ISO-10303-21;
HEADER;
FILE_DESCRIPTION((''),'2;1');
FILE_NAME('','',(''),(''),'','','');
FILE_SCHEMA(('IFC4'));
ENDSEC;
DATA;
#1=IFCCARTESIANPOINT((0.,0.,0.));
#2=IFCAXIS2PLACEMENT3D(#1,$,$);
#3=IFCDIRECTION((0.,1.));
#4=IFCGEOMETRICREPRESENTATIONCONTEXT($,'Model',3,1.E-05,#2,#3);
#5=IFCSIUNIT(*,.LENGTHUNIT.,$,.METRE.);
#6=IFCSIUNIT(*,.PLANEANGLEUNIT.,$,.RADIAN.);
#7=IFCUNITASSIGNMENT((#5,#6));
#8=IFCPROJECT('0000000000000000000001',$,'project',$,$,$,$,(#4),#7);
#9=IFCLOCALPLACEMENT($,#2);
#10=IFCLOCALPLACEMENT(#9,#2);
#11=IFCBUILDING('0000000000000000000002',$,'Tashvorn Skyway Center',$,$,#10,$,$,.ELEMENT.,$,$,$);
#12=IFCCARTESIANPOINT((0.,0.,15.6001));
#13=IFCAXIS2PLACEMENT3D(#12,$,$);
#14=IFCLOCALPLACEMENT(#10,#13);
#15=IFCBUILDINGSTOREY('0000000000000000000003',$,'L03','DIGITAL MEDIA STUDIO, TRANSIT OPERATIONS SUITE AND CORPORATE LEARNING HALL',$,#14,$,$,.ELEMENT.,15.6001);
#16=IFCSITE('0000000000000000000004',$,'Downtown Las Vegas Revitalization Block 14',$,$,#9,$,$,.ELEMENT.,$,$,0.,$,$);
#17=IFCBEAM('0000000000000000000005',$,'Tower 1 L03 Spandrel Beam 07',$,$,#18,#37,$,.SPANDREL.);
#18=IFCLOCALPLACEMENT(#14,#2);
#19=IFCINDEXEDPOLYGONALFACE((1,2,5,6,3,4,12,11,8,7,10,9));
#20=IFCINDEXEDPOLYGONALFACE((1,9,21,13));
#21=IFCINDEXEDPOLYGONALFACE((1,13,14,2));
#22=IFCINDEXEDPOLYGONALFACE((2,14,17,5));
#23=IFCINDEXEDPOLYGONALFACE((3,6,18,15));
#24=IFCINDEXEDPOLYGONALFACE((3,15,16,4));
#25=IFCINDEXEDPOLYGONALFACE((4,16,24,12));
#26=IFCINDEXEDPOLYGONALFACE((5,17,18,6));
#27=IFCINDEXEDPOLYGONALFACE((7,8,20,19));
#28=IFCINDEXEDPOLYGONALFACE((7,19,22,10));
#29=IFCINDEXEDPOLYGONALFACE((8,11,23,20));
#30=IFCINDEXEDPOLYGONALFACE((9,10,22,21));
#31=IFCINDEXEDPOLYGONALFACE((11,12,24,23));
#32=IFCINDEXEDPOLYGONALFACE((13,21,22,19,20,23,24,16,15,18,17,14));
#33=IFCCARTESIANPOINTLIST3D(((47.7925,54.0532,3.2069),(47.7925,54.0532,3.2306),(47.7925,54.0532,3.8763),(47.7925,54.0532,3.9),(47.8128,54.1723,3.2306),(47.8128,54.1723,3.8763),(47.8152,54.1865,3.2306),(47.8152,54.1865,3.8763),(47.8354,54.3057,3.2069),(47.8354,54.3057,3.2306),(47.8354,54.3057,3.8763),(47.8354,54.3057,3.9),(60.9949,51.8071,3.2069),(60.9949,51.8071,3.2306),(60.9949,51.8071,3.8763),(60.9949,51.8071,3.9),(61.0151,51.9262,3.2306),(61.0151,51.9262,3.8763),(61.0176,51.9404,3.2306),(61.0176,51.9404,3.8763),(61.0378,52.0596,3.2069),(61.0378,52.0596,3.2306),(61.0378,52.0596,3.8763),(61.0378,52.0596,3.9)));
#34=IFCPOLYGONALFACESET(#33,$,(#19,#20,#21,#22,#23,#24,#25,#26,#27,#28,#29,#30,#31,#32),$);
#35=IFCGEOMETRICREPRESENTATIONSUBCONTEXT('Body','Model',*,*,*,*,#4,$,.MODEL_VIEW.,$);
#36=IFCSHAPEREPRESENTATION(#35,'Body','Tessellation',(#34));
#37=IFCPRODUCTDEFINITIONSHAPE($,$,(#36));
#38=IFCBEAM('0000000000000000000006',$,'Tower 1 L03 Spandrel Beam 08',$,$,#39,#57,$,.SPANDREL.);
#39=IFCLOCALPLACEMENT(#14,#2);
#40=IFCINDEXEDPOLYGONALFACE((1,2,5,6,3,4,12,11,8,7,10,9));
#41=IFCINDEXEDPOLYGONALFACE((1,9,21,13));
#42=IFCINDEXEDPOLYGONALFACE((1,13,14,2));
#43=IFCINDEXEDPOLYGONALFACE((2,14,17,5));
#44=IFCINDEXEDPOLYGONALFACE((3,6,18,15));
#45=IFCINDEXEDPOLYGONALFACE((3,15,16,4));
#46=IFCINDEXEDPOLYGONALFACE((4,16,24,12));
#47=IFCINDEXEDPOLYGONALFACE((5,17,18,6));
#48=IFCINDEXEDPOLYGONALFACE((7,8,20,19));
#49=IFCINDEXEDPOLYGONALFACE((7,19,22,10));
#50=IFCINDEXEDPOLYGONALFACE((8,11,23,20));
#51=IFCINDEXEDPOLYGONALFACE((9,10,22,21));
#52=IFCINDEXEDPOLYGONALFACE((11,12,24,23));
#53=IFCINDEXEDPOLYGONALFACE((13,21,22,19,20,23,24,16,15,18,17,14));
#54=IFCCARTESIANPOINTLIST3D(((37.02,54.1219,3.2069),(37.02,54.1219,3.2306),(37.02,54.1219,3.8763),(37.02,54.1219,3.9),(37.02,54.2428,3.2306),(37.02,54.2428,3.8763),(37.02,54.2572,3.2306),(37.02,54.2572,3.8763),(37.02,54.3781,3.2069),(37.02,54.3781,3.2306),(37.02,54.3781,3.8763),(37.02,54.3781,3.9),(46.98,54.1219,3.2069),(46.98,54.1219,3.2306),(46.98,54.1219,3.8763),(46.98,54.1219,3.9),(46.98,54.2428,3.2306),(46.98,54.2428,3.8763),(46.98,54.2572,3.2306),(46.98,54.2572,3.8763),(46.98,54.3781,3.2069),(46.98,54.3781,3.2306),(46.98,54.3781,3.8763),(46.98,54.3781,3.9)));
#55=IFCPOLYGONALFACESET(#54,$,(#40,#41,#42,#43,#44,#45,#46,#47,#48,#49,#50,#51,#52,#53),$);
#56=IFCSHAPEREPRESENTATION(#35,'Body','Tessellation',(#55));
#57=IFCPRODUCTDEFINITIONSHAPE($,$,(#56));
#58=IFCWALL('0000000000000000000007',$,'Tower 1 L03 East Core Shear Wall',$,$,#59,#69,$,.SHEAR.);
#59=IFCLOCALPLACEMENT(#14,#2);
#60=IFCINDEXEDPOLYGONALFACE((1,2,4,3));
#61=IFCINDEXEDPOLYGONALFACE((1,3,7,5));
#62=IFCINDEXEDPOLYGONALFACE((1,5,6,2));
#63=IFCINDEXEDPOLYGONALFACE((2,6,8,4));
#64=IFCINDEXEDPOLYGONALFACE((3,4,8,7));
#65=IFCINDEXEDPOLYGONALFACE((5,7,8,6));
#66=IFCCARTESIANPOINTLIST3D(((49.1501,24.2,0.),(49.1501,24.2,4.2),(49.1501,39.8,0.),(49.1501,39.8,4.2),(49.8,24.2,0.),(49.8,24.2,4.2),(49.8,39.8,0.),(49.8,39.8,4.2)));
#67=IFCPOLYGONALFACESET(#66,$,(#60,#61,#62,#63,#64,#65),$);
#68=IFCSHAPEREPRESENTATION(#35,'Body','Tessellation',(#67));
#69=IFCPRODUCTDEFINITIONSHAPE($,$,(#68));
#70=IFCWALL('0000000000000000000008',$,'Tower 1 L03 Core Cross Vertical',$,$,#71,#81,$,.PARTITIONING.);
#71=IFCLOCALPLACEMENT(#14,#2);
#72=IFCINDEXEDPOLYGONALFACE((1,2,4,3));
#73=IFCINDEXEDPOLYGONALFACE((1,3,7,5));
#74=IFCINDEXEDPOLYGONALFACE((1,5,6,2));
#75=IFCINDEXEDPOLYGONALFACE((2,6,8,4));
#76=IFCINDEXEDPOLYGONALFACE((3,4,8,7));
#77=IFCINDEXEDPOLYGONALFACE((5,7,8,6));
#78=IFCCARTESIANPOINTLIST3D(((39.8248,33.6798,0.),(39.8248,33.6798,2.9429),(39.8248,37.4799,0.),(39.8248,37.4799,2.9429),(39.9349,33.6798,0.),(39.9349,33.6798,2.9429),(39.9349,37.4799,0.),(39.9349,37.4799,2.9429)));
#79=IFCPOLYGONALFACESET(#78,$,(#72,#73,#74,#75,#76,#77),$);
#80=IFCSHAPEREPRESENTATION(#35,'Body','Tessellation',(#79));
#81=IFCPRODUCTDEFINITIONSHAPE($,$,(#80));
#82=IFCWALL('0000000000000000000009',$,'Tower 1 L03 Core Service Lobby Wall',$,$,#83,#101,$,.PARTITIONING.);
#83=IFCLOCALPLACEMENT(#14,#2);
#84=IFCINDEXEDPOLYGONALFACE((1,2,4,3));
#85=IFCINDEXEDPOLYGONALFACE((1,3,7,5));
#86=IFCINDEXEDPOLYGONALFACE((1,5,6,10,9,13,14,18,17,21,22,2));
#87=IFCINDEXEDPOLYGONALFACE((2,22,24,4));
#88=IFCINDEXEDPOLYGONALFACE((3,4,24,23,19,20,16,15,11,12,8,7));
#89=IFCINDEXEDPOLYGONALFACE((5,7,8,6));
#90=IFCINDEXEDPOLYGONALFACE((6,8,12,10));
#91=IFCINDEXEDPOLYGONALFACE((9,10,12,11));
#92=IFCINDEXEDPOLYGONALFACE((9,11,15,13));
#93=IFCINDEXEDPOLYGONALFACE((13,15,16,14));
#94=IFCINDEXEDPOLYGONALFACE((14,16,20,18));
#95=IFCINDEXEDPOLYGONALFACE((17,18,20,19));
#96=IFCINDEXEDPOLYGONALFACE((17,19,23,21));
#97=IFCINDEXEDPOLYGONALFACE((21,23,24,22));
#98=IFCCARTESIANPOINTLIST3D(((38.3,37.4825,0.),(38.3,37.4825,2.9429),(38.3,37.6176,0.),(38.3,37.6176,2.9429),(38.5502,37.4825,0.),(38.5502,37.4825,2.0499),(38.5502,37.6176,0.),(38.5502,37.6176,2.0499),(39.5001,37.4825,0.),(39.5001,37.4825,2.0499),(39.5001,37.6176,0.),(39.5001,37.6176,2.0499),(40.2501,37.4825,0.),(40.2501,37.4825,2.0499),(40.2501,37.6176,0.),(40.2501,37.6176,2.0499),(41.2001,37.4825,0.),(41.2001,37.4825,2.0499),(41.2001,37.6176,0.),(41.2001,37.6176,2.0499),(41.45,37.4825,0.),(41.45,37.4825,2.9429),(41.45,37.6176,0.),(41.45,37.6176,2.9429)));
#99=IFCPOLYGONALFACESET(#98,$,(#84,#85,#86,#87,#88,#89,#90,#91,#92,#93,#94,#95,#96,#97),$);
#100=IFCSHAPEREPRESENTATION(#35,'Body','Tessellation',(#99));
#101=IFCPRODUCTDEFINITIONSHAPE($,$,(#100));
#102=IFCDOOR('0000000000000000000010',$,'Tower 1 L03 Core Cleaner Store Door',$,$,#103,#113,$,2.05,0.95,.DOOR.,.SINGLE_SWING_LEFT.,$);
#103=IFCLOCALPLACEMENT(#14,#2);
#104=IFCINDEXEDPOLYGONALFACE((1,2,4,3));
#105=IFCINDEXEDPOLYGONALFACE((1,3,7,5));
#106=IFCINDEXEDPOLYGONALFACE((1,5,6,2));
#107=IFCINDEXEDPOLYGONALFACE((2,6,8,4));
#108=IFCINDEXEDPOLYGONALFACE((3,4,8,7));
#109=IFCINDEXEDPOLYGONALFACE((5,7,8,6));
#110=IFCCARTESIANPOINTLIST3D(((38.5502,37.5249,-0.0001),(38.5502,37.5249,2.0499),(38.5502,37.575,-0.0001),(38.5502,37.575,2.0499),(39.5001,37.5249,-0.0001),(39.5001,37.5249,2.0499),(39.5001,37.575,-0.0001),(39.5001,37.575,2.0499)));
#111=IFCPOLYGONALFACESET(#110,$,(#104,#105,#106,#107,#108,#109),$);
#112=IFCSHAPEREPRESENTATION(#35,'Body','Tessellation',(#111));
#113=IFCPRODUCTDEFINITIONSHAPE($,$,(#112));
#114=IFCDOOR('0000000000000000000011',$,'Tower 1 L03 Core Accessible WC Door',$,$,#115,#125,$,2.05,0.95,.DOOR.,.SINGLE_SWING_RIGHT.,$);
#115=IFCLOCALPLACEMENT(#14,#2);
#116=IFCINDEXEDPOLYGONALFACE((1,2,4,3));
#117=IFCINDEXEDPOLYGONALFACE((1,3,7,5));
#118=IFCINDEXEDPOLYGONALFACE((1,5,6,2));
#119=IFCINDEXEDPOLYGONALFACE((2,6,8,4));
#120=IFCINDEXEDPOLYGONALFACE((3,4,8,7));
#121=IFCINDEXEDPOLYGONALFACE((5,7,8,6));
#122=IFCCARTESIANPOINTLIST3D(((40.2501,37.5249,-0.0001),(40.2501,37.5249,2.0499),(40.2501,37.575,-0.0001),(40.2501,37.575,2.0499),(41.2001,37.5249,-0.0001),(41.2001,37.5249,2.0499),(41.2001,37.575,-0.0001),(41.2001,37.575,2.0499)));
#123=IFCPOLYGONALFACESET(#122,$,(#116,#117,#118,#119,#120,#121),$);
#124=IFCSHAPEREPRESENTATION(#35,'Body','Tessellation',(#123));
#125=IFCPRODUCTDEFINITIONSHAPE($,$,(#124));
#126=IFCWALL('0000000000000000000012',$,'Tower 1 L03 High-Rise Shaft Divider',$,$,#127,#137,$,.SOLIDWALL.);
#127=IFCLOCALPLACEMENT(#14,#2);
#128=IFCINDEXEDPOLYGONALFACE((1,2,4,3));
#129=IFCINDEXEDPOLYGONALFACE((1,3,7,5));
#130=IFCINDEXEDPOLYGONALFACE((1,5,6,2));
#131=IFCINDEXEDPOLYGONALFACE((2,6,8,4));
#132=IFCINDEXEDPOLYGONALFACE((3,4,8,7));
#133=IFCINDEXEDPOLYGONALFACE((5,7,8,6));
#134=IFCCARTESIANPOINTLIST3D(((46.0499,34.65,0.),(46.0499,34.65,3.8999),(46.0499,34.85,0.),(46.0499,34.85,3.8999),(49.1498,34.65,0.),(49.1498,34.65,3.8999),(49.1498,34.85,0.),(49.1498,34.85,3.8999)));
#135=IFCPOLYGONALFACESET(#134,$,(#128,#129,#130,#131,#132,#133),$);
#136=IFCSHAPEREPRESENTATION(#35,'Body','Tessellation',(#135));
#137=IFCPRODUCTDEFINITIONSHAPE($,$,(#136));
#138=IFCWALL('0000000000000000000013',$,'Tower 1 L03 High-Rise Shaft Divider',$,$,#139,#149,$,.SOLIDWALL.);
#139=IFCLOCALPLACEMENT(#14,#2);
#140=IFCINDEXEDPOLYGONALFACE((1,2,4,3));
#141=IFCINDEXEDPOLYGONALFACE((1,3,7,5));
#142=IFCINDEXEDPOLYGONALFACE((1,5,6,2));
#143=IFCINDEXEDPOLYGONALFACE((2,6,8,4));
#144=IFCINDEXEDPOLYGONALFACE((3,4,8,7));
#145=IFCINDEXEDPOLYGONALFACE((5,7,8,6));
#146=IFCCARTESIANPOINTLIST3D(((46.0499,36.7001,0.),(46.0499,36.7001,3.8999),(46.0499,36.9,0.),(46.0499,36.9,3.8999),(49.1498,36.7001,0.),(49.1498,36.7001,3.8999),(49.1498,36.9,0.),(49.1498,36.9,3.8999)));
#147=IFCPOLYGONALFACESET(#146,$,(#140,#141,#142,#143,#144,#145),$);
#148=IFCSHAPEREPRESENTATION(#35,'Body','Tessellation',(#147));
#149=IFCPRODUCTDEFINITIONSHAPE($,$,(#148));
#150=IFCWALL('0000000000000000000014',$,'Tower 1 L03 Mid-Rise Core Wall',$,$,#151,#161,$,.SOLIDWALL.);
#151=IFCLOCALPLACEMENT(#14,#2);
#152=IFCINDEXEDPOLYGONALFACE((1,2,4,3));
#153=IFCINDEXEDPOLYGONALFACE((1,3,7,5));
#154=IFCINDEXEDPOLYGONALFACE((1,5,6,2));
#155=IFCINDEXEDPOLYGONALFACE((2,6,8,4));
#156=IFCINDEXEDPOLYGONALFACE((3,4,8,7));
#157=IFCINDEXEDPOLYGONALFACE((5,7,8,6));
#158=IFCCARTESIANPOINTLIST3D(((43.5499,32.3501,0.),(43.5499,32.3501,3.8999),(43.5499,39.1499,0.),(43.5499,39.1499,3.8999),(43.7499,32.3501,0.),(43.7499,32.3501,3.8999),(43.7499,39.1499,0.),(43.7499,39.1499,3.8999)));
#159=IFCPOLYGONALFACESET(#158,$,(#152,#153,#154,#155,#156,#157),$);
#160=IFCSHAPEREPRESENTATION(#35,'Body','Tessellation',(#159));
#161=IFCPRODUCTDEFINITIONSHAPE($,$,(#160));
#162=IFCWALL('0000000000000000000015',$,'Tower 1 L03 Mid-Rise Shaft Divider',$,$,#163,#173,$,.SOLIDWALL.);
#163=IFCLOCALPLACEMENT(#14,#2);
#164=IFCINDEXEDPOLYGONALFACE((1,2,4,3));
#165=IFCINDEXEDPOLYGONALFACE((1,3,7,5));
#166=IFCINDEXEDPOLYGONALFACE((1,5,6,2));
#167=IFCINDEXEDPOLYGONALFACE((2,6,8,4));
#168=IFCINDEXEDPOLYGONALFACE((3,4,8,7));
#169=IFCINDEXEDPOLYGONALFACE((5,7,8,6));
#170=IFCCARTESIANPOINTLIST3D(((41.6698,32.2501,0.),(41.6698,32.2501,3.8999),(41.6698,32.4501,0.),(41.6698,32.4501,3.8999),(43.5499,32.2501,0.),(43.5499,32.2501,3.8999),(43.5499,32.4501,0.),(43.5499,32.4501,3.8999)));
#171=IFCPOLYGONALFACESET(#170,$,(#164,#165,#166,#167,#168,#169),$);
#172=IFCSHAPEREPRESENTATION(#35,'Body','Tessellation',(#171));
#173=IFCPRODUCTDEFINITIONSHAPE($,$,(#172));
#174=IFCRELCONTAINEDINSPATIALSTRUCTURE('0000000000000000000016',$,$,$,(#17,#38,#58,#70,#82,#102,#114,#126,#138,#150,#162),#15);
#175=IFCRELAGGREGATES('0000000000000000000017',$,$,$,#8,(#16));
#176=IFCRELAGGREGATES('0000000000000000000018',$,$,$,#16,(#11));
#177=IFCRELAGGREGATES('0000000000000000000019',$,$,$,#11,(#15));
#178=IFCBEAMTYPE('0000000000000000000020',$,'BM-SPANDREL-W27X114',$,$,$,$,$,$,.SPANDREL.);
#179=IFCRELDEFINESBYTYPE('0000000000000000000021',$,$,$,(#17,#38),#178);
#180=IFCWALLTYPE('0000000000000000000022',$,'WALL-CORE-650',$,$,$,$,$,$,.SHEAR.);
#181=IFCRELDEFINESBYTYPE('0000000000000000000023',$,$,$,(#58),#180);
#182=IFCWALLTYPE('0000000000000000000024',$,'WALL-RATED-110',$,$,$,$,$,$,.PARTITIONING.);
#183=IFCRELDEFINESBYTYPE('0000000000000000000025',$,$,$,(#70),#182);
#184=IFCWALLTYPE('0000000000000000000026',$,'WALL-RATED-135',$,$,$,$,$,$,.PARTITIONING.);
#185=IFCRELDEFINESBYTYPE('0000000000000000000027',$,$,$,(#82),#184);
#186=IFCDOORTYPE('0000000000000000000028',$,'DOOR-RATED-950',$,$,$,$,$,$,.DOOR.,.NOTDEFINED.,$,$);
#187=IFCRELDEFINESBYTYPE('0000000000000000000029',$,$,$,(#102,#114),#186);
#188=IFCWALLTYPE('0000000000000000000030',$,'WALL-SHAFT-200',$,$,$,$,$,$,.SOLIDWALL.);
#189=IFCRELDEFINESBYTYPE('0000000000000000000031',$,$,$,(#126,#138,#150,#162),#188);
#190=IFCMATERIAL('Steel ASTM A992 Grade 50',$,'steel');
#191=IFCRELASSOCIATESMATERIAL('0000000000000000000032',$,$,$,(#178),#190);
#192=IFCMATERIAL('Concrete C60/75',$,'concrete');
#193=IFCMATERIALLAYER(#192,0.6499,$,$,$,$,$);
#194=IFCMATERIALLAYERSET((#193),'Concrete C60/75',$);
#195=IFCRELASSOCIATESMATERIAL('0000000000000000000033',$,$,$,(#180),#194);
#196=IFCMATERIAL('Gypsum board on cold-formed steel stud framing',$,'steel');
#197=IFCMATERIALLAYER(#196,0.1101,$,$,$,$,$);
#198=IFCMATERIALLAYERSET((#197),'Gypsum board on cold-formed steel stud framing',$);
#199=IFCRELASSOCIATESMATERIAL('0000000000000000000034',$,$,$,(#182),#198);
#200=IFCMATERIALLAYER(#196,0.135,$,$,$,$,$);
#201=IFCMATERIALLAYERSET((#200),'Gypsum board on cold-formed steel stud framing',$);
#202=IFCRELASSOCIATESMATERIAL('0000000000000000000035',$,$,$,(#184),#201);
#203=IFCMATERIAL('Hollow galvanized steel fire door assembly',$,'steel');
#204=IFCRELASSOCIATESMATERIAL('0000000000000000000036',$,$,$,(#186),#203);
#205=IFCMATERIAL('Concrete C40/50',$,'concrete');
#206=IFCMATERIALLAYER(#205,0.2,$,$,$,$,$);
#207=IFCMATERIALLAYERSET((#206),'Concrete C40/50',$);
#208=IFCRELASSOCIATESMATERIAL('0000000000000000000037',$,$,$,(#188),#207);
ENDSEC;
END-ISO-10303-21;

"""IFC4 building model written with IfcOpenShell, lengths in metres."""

from ifc_helpers import new_model, si_unit, direction, frame, frame_2d, origin, origin_2d, place, context, subcontext, project, spatial, rectangle, i_section, extrude, material, layer, layer_set, material_profile, profile_set, type_object, element, fill, save


model = new_model("IFC4")

# Units and contexts
model_context = context("Model", 3, precision=1e-05, world=origin(), true_north=direction((0.0, 1.0)))
body_context = subcontext(model_context, "Body", "Model", "MODEL_VIEW")
ifc_project = project(units=[si_unit("LENGTHUNIT", "METRE"), si_unit("PLANEANGLEUNIT", "RADIAN")], contexts=[model_context])

# Site, building, storey
site_placement = place(None, origin())
site = spatial("IfcSite", under=ifc_project, at=site_placement, Name="Downtown Las Vegas Revitalization Block 14", CompositionType="ELEMENT", RefElevation=0.0)
building_placement = place(site_placement, origin())
building = spatial("IfcBuilding", under=site, at=building_placement, Name="Tashvorn Skyway Center", CompositionType="ELEMENT")
storey_placement = place(building_placement, frame((0.0, 0.0, 15.6001)))
storey = spatial("IfcBuildingStorey", under=building, at=storey_placement, Name="L03", Description="DIGITAL MEDIA STUDIO, TRANSIT OPERATIONS SUITE AND CORPORATE LEARNING HALL", CompositionType="ELEMENT", Elevation=15.6001)

# Beams
ifc_material_1 = material(Name="Steel ASTM A992 Grade 50", Category="steel")
ifc_material_profile_1 = material_profile(ifc_material_1, i_section(OverallWidth=0.2561, OverallDepth=0.6931, WebThickness=0.0144, FlangeThickness=0.0237, at=origin_2d()), Name="W27X114")
ifc_profile_set_1 = profile_set([ifc_material_profile_1], Name="Steel ASTM A992 Grade 50")
beam_type_1 = type_object("IfcBeamType", Name="BM-SPANDREL-W27X114", PredefinedType="SPANDREL", material=ifc_profile_set_1)
for number, where, z_axis, x_axis, name in (
    (1, (61.0164, 51.9333, 3.5535), (-0.985835, 0.167718, 0.0), (-0.167718, -0.985835, 0.0), "Tower 1 L03 Spandrel Beam 07"),
):
    element("IfcBeam", number, at=place(storey_placement, frame(where, z_axis=z_axis, x_axis=x_axis)), inside=storey, type_object=beam_type_1, Name=name, PredefinedType="SPANDREL", context=body_context, shape_type="SweptSolid", body=[
        extrude(i_section(OverallWidth=0.2561, OverallDepth=0.6931, WebThickness=0.0144, FlangeThickness=0.0237, at=origin_2d()), origin(), (0.0, 0.0, 1.0), 13.3921),
    ])
beam_1_placement = place(storey_placement, frame((46.98, 54.25, 3.5535), z_axis=(-1.0, 0.0, 0.0), x_axis=(0.0, -1.0, 0.0)))
element("IfcBeam", 2, at=beam_1_placement, inside=storey, type_object=beam_type_1, Name="Tower 1 L03 Spandrel Beam 08", PredefinedType="SPANDREL", context=body_context, shape_type="SweptSolid", body=[
    extrude(i_section(OverallWidth=0.2561, OverallDepth=0.6931, WebThickness=0.0144, FlangeThickness=0.0237, at=origin_2d()), origin(), (0.0, 0.0, 1.0), 9.96),
])

# Walls
ifc_material_2 = material(Name="Concrete C60/75", Category="concrete")
ifc_layer_1 = layer(ifc_material_2, 0.6499)
ifc_layer_set_1 = layer_set([ifc_layer_1], Name="Concrete C60/75")
wall_type_1 = type_object("IfcWallType", Name="WALL-CORE-650", PredefinedType="SHEAR", material=ifc_layer_set_1)
wall_1_placement = place(storey_placement, frame((49.4751, 39.8, 0.0), z_axis=(0.0, 0.0, 1.0), x_axis=(0.0, -1.0, 0.0)))
element("IfcWall", 3, at=wall_1_placement, inside=storey, type_object=wall_type_1, Name="Tower 1 L03 East Core Shear Wall", PredefinedType="SHEAR", context=body_context, shape_type="SweptSolid", body=[
    extrude(rectangle(XDim=15.6001, YDim=0.6499, at=frame_2d((7.8, 0.0))), origin(), (0.0, 0.0, 1.0), 4.2),
])
ifc_material_3 = material(Name="Gypsum board on cold-formed steel stud framing", Category="steel")
ifc_layer_2 = layer(ifc_material_3, 0.1101)
ifc_layer_set_2 = layer_set([ifc_layer_2], Name="Gypsum board on cold-formed steel stud framing")
wall_type_2 = type_object("IfcWallType", Name="WALL-RATED-110", PredefinedType="PARTITIONING", material=ifc_layer_set_2)
wall_2_placement = place(storey_placement, frame((39.8799, 33.6799, 0.0), z_axis=(0.0, 0.0, 1.0), x_axis=(0.0, 1.0, 0.0)))
element("IfcWall", 4, at=wall_2_placement, inside=storey, type_object=wall_type_2, Name="Tower 1 L03 Core Cross Vertical", PredefinedType="PARTITIONING", context=body_context, shape_type="SweptSolid", body=[
    extrude(rectangle(XDim=3.8, YDim=0.1101, at=frame_2d((1.8999, 0.0))), origin(), (0.0, 0.0, 1.0), 2.9429),
])

# Wall, openings, doors
ifc_layer_3 = layer(ifc_material_3, 0.135)
ifc_layer_set_3 = layer_set([ifc_layer_3], Name="Gypsum board on cold-formed steel stud framing")
wall_type_3 = type_object("IfcWallType", Name="WALL-RATED-135", PredefinedType="PARTITIONING", material=ifc_layer_set_3)
wall_3_placement = place(storey_placement, frame((38.3, 37.55, 0.0), z_axis=(0.0, 0.0, 1.0), x_axis=(1.0, 0.0, 0.0)))
wall_3 = element("IfcWall", 5, at=wall_3_placement, inside=storey, type_object=wall_type_3, Name="Tower 1 L03 Core Service Lobby Wall", PredefinedType="PARTITIONING", context=body_context, shape_type="SweptSolid", body=[
    extrude(rectangle(XDim=3.1499, YDim=0.135, at=frame_2d((1.575, 0.0))), origin(), (0.0, 0.0, 1.0), 2.9429),
])
opening_1_placement = place(wall_3_placement, frame((0.25, 0.0, 0.0)))
opening_1 = element("IfcOpeningElement", 6, at=opening_1_placement, cuts=wall_3, PredefinedType="OPENING", context=body_context, shape_type="SweptSolid", body=[
    extrude(rectangle(XDim=0.95, YDim=2.05, at=frame_2d((0.4751, 1.0249))), frame((0.0, 0.0774, 0.0), z_axis=(0.0, -1.0, 0.0), x_axis=(1.0, 0.0, 0.0)), (0.0, 0.0, 1.0), 0.155),
])
opening_2_placement = place(wall_3_placement, frame((1.95, 0.0, 0.0)))
opening_2 = element("IfcOpeningElement", 7, at=opening_2_placement, cuts=wall_3, PredefinedType="OPENING", context=body_context, shape_type="SweptSolid", body=[
    extrude(rectangle(XDim=0.95, YDim=2.05, at=frame_2d((0.4751, 1.0249))), frame((0.0, 0.0774, 0.0), z_axis=(0.0, -1.0, 0.0), x_axis=(1.0, 0.0, 0.0)), (0.0, 0.0, 1.0), 0.155),
])
ifc_material_4 = material(Name="Hollow galvanized steel fire door assembly", Category="steel")
door_type_1 = type_object("IfcDoorType", Name="DOOR-RATED-950", OperationType="NOTDEFINED", PredefinedType="DOOR", material=ifc_material_4)
door_1_placement = place(opening_1_placement, origin())
door_1 = element("IfcDoor", 8, at=door_1_placement, inside=storey, type_object=door_type_1, Name="Tower 1 L03 Core Cleaner Store Door", OperationType="SINGLE_SWING_LEFT", OverallHeight=2.05, OverallWidth=0.95, PredefinedType="DOOR", context=body_context, shape_type="SweptSolid", body=[
    extrude(rectangle(XDim=0.95, YDim=2.05, at=frame_2d((0.4751, 1.0249))), frame((0.0, 0.0249, 0.0), z_axis=(0.0, -1.0, 0.0), x_axis=(1.0, 0.0, 0.0)), (0.0, 0.0, 1.0), 0.05),
])
fill(opening_1, door_1)
door_2_placement = place(opening_2_placement, origin())
door_2 = element("IfcDoor", 9, at=door_2_placement, inside=storey, type_object=door_type_1, Name="Tower 1 L03 Core Accessible WC Door", OperationType="SINGLE_SWING_RIGHT", OverallHeight=2.05, OverallWidth=0.95, PredefinedType="DOOR", context=body_context, shape_type="SweptSolid", body=[
    extrude(rectangle(XDim=0.95, YDim=2.05, at=frame_2d((0.4751, 1.0249))), frame((0.0, 0.0249, 0.0), z_axis=(0.0, -1.0, 0.0), x_axis=(1.0, 0.0, 0.0)), (0.0, 0.0, 1.0), 0.05),
])
fill(opening_2, door_2)

# Walls
ifc_material_5 = material(Name="Concrete C40/50", Category="concrete")
ifc_layer_4 = layer(ifc_material_5, 0.2)
ifc_layer_set_4 = layer_set([ifc_layer_4], Name="Concrete C40/50")
wall_type_4 = type_object("IfcWallType", Name="WALL-SHAFT-200", PredefinedType="SOLIDWALL", material=ifc_layer_set_4)
for number, where, z_axis, x_axis, name in (
    (10, (46.05, 34.75, 0.0), (0.0, 0.0, 1.0), (1.0, 0.0, 0.0), "Tower 1 L03 High-Rise Shaft Divider"),
    (11, (46.05, 36.8, 0.0), (0.0, 0.0, 1.0), (1.0, 0.0, 0.0), "Tower 1 L03 High-Rise Shaft Divider"),
):
    element("IfcWall", number, at=place(storey_placement, frame(where, z_axis=z_axis, x_axis=x_axis)), inside=storey, type_object=wall_type_4, Name=name, PredefinedType="SOLIDWALL", context=body_context, shape_type="SweptSolid", body=[
        extrude(rectangle(XDim=3.0999, YDim=0.2, at=frame_2d((1.5498, 0.0))), origin(), (0.0, 0.0, 1.0), 3.8999),
    ])
wall_4_placement = place(storey_placement, frame((43.6499, 32.3501, 0.0), z_axis=(0.0, 0.0, 1.0), x_axis=(0.0, 1.0, 0.0)))
element("IfcWall", 12, at=wall_4_placement, inside=storey, type_object=wall_type_4, Name="Tower 1 L03 Mid-Rise Core Wall", PredefinedType="SOLIDWALL", context=body_context, shape_type="SweptSolid", body=[
    extrude(rectangle(XDim=6.7998, YDim=0.2, at=frame_2d((3.3999, 0.0))), origin(), (0.0, 0.0, 1.0), 3.8999),
])
for number, where, z_axis, x_axis, name in (
    (13, (41.6699, 32.3501, 0.0), (0.0, 0.0, 1.0), (1.0, 0.0, 0.0), "Tower 1 L03 Mid-Rise Shaft Divider"),
):
    element("IfcWall", number, at=place(storey_placement, frame(where, z_axis=z_axis, x_axis=x_axis)), inside=storey, type_object=wall_type_4, Name=name, PredefinedType="SOLIDWALL", context=body_context, shape_type="SweptSolid", body=[
        extrude(rectangle(XDim=1.8801, YDim=0.2, at=frame_2d((0.9399, 0.0))), origin(), (0.0, 0.0, 1.0), 3.8999),
    ])

save(model, "model.ifc")
